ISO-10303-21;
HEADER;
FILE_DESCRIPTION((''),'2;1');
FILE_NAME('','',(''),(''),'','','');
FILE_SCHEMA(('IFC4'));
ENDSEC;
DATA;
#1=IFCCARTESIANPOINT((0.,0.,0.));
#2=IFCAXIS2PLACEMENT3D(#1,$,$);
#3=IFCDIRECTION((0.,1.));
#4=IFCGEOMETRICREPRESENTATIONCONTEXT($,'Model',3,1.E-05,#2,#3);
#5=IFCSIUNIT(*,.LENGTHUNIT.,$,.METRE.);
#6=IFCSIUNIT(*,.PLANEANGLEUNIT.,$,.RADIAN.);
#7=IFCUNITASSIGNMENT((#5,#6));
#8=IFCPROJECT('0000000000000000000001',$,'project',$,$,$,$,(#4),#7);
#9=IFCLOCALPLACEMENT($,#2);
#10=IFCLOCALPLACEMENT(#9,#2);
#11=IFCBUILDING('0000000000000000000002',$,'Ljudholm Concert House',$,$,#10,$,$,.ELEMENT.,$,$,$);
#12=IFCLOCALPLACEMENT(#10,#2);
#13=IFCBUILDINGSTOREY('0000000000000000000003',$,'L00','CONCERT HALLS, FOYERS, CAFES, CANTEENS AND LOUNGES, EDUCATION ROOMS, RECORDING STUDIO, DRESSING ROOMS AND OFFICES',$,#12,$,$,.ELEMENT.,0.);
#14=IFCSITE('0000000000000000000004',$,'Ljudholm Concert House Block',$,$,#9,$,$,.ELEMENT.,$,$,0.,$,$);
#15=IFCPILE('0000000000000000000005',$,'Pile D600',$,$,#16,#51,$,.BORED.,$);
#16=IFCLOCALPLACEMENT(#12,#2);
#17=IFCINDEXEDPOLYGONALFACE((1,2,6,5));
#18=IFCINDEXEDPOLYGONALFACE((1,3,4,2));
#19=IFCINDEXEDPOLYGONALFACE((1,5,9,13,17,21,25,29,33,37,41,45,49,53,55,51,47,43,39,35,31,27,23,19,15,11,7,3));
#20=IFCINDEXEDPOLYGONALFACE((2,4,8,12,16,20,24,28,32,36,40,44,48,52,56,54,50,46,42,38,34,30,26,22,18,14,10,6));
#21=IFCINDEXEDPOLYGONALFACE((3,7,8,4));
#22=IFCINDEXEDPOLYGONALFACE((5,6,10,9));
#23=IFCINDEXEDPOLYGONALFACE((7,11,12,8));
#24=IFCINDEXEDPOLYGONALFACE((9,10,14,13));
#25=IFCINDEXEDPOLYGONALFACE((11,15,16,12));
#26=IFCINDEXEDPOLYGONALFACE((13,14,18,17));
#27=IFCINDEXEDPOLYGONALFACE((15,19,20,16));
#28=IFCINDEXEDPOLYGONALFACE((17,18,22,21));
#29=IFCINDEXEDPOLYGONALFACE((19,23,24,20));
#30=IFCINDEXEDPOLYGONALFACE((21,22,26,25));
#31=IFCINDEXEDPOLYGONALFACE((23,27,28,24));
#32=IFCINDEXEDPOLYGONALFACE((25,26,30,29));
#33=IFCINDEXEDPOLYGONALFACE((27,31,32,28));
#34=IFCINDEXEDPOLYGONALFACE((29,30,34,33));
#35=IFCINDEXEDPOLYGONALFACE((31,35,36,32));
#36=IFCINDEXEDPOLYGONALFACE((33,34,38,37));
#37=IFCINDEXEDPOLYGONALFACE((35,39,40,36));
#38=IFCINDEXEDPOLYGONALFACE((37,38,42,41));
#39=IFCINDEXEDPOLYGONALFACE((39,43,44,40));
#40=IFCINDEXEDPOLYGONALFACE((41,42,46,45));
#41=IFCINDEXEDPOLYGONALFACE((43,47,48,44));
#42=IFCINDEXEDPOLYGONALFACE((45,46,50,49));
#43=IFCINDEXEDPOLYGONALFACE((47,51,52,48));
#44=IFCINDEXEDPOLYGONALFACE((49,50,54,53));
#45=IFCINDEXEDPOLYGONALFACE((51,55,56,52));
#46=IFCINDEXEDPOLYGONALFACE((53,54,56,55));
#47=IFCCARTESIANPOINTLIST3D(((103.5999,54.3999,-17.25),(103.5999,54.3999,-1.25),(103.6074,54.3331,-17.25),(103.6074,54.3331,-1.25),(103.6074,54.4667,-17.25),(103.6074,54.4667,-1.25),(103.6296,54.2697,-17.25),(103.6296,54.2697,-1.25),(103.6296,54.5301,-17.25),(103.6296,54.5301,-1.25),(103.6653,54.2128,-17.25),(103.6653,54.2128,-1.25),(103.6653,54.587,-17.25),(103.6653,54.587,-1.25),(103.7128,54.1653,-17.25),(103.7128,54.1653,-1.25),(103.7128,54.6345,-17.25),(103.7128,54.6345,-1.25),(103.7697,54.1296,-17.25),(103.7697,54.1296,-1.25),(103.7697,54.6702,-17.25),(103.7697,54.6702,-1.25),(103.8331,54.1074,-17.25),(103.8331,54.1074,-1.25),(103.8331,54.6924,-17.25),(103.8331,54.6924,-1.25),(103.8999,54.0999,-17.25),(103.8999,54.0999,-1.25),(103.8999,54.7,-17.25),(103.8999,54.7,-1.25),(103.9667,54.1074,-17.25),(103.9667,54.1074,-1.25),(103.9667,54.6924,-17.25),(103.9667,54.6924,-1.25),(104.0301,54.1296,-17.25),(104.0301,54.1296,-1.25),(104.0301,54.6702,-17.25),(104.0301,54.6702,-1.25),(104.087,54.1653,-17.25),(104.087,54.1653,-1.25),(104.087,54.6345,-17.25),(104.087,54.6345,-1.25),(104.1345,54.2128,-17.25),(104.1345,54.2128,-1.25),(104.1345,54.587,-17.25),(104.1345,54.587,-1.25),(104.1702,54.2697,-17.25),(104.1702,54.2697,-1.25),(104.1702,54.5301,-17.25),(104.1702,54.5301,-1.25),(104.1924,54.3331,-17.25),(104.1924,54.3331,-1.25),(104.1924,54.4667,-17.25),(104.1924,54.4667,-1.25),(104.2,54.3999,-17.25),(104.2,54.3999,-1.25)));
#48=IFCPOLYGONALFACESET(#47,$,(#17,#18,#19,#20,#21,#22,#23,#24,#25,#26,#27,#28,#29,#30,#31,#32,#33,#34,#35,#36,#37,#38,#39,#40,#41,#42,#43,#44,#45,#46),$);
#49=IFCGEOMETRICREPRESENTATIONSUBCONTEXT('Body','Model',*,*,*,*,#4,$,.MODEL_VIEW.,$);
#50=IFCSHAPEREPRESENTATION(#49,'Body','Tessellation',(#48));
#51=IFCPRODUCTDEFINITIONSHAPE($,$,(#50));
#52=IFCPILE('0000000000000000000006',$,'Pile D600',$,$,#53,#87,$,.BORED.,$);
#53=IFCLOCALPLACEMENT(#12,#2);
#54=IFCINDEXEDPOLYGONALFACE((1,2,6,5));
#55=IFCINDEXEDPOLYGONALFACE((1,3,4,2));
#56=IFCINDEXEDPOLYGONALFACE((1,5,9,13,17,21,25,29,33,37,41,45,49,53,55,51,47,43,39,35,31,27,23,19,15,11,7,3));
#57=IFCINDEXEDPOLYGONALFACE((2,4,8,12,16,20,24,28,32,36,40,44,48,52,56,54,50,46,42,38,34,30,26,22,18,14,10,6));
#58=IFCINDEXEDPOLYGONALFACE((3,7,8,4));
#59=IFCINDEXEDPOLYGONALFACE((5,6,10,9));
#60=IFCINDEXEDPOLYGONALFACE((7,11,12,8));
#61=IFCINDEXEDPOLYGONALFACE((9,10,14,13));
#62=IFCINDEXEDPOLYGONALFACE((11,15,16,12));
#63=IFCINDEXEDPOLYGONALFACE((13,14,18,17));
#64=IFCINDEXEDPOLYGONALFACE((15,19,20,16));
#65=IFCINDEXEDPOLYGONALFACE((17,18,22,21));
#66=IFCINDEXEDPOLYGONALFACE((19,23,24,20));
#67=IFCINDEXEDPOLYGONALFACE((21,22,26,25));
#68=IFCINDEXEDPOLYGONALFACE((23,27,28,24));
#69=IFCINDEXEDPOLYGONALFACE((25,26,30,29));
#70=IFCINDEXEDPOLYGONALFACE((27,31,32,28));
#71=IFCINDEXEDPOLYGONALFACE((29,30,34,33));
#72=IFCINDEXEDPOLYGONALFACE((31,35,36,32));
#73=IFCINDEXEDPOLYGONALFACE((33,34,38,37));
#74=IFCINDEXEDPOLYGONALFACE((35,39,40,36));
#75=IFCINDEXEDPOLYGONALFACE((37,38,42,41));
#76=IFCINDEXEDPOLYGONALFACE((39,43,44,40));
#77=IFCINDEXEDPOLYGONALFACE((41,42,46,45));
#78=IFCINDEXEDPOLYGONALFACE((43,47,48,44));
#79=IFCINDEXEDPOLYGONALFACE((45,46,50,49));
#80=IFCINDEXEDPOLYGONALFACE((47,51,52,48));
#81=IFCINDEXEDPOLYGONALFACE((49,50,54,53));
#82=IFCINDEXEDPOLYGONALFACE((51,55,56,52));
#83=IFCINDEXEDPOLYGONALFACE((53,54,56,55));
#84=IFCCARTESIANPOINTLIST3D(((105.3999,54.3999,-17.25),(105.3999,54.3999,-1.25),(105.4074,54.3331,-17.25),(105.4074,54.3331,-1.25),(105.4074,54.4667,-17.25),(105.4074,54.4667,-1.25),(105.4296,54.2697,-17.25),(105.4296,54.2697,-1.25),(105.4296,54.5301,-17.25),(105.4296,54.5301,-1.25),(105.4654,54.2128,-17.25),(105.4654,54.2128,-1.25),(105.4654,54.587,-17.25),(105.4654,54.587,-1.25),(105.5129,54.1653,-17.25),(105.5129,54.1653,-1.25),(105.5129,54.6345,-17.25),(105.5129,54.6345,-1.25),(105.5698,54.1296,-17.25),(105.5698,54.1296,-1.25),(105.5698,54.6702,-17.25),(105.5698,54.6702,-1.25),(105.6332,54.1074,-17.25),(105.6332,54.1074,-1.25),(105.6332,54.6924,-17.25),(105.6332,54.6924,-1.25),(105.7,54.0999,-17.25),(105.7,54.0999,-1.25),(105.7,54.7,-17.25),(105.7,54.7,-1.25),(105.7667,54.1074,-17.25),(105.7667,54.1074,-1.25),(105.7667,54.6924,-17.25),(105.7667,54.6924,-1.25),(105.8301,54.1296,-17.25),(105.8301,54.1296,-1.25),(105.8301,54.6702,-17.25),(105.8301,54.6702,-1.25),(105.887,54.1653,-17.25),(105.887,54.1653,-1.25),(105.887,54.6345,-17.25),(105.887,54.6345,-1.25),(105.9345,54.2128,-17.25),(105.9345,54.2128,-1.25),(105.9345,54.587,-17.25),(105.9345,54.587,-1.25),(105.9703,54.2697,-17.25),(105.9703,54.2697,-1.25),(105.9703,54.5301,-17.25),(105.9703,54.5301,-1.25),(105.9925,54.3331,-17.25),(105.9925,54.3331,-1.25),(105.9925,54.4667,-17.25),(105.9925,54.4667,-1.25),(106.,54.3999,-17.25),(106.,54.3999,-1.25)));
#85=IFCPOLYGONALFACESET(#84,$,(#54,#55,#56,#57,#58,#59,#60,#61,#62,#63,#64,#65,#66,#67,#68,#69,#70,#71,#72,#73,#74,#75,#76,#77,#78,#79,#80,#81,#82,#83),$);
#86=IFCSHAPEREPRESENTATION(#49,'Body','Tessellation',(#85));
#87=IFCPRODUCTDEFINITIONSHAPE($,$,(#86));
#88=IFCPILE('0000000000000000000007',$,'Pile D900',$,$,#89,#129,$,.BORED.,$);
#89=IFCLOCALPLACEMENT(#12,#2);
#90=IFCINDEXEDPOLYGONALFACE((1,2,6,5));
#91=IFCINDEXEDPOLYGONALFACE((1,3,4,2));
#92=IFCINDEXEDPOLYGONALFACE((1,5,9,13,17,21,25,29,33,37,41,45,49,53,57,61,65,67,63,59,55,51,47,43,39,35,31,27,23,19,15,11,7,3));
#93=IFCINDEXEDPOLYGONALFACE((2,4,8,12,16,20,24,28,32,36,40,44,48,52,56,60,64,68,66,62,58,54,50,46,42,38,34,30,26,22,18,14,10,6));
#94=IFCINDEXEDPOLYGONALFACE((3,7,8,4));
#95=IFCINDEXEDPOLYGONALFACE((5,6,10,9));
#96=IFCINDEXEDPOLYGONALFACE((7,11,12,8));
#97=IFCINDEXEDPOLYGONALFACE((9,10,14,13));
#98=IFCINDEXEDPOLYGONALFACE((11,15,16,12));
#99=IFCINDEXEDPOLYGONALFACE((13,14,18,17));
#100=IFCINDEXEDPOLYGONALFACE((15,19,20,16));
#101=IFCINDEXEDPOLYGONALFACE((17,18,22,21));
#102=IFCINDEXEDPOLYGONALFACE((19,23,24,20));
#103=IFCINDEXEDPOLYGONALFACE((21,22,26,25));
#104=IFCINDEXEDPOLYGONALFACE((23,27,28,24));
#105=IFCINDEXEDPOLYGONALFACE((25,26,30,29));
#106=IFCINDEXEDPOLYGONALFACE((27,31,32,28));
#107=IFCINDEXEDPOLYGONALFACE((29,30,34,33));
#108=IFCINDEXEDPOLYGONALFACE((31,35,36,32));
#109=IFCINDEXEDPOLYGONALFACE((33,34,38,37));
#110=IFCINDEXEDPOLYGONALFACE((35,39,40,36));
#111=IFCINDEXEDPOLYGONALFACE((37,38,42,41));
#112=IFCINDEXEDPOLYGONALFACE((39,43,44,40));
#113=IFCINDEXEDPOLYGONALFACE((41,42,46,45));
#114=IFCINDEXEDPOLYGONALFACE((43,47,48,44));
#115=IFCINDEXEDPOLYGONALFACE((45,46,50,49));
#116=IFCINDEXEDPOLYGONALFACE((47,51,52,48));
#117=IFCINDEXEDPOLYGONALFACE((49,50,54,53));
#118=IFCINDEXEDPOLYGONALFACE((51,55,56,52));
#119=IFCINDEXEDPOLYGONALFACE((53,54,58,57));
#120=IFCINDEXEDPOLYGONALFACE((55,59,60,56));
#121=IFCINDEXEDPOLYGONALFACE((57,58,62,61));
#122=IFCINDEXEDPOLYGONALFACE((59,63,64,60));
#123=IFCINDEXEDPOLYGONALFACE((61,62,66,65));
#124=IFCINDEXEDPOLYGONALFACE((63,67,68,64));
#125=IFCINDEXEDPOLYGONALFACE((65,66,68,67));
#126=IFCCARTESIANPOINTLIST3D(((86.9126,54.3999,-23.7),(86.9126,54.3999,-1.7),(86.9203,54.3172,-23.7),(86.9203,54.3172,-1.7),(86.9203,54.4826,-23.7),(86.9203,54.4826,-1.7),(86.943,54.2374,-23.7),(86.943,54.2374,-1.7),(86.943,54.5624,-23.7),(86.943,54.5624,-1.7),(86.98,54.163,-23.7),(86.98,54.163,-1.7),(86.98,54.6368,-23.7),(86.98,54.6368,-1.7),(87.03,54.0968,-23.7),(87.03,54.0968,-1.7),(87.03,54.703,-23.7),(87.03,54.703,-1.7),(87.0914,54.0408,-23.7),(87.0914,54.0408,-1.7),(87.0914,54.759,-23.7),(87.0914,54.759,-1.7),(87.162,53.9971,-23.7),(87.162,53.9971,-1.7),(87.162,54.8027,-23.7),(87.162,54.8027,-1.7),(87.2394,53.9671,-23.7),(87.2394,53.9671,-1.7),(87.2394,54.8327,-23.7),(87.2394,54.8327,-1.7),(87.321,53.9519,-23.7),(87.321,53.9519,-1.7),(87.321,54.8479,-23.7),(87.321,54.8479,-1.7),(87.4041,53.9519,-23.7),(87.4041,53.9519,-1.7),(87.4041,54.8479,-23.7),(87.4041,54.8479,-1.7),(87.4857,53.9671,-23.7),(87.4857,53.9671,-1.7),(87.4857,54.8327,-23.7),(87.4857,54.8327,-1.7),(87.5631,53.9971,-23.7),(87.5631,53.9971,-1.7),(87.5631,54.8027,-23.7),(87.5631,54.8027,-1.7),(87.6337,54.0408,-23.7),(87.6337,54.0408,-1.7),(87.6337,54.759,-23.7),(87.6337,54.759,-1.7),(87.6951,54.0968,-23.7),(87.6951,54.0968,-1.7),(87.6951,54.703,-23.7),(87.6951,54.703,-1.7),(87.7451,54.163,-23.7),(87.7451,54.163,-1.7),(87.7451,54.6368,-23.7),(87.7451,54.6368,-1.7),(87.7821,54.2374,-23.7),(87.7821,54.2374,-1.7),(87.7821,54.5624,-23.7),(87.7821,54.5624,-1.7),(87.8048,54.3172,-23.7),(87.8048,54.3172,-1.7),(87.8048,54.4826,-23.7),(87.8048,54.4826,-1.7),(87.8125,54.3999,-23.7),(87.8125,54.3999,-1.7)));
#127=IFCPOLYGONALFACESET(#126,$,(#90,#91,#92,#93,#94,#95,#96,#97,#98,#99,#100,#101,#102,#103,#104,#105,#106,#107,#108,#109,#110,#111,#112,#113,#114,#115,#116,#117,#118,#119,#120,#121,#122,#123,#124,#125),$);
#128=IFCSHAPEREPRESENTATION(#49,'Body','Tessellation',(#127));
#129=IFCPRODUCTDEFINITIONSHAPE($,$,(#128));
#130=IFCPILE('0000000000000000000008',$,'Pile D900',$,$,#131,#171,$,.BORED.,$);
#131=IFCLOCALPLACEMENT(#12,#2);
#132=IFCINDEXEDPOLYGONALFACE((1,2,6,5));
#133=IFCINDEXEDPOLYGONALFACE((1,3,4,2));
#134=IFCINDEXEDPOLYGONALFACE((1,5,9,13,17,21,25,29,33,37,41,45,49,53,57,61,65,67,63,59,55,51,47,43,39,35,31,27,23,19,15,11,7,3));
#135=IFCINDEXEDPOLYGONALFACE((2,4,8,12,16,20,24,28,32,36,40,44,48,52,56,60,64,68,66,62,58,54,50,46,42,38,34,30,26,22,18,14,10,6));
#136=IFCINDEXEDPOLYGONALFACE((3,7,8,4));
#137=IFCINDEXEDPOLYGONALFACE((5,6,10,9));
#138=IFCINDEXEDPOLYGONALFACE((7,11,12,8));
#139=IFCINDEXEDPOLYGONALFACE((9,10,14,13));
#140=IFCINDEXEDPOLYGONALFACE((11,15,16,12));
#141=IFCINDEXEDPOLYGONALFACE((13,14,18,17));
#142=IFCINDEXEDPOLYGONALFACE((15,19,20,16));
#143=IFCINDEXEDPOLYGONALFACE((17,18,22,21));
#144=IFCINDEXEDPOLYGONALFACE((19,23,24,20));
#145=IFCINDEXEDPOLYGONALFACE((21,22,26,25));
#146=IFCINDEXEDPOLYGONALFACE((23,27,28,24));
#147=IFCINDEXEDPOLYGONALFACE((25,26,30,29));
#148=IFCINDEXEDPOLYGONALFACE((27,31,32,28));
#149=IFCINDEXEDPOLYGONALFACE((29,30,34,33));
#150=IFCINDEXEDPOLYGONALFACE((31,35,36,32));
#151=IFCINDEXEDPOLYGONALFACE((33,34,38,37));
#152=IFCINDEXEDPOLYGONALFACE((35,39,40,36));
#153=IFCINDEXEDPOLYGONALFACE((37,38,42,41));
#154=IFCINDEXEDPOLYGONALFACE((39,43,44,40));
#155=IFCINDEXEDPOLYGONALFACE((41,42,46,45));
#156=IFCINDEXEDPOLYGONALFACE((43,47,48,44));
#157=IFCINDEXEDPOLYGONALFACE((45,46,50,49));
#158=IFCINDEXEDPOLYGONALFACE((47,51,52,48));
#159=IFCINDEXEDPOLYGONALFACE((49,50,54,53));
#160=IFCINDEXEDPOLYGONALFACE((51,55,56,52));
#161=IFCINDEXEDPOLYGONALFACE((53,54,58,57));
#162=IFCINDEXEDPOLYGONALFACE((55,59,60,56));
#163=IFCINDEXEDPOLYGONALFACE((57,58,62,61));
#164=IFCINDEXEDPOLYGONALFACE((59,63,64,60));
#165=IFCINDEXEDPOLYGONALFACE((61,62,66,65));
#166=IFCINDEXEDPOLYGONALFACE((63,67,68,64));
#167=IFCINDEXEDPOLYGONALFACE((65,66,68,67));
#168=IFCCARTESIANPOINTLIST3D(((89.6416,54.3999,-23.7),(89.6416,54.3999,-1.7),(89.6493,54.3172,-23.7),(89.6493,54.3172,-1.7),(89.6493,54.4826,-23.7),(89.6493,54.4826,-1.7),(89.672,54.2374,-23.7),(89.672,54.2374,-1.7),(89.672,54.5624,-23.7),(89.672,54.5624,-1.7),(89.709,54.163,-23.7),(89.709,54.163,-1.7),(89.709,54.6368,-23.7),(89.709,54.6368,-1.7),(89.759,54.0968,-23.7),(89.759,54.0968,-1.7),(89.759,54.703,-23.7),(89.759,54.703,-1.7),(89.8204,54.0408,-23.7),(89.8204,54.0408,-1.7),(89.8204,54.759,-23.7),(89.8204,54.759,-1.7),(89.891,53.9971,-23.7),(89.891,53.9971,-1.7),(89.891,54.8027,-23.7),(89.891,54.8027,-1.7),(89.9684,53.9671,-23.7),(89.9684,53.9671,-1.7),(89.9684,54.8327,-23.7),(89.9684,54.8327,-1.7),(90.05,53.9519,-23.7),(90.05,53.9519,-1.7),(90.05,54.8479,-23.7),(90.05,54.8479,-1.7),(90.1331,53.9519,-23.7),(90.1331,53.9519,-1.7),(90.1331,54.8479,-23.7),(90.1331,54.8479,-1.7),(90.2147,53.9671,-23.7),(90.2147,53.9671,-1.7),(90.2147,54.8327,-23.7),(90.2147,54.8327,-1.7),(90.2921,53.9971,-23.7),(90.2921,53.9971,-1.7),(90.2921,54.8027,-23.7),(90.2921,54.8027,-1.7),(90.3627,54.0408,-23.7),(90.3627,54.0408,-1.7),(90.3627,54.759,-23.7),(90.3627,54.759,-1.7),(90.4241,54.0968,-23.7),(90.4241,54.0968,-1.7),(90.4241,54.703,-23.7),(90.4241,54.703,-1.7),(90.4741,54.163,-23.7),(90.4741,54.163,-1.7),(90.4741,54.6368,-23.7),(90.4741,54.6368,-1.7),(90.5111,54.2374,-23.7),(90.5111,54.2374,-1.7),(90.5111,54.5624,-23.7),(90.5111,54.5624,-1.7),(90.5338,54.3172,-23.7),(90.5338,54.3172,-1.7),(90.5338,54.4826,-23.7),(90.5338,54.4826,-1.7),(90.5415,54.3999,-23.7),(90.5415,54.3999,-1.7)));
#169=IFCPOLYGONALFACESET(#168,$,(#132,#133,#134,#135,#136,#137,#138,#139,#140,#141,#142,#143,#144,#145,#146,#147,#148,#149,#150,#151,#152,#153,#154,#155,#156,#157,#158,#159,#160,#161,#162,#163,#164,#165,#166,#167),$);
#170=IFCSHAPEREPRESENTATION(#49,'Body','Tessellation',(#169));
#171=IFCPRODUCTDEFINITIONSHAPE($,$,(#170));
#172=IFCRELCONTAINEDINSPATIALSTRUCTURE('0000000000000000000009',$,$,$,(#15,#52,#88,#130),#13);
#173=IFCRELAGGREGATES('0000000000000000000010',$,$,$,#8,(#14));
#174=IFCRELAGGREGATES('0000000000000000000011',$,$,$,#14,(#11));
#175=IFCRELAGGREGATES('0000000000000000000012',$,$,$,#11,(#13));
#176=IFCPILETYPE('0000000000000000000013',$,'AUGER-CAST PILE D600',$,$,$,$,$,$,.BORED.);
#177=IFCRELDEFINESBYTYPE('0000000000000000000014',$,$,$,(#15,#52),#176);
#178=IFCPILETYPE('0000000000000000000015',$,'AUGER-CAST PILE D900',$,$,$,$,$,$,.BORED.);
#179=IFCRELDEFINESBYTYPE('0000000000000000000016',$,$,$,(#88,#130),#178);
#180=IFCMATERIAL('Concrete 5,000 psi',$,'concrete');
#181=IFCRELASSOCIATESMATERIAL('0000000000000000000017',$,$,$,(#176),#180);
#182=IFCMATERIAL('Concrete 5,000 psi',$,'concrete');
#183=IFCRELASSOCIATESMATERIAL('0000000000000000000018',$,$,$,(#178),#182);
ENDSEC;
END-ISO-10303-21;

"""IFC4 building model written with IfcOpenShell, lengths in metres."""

from ifc_helpers import new_model, si_unit, direction, frame, origin, origin_2d, place, context, subcontext, project, spatial, circle, extrude, material, material_profile, profile_set, type_object, element, save


model = new_model("IFC4")

# Units and contexts
model_context = context("Model", 3, precision=1e-05, world=origin(), true_north=direction((0.0, 1.0)))
body_context = subcontext(model_context, "Body", "Model", "MODEL_VIEW")
ifc_project = project(units=[si_unit("LENGTHUNIT", "METRE"), si_unit("PLANEANGLEUNIT", "RADIAN")], contexts=[model_context])

# Site, building, storey
site_placement = place(None, origin())
site = spatial("IfcSite", under=ifc_project, at=site_placement, Name="Ljudholm Concert House Block", CompositionType="ELEMENT", RefElevation=0.0)
building_placement = place(site_placement, origin())
building = spatial("IfcBuilding", under=site, at=building_placement, Name="Ljudholm Concert House", CompositionType="ELEMENT")
storey_placement = place(building_placement, origin())
storey = spatial("IfcBuildingStorey", under=building, at=storey_placement, Name="L00", Description="CONCERT HALLS, FOYERS, CAFES, CANTEENS AND LOUNGES, EDUCATION ROOMS, RECORDING STUDIO, DRESSING ROOMS AND OFFICES", CompositionType="ELEMENT", Elevation=0.0)

# Piles
ifc_material_1 = material(Name="Concrete 5,000 psi", Category="concrete")
ifc_material_profile_1 = material_profile(ifc_material_1, circle(Radius=0.3, at=origin_2d()), Name="AUGER-CAST PILE D600")
ifc_profile_set_1 = profile_set([ifc_material_profile_1], Name="Concrete 5,000 psi")
pile_type_1 = type_object("IfcPileType", Name="AUGER-CAST PILE D600", PredefinedType="BORED", material=ifc_profile_set_1)
for number, where, z_axis, x_axis, name in (
    (1, (103.8999, 54.3999, -1.25), (0.0, 0.0, -1.0), (1.0, 0.0, 0.0), "Pile D600"),
    (2, (105.7, 54.3999, -1.25), (0.0, 0.0, -1.0), (1.0, 0.0, 0.0), "Pile D600"),
):
    element("IfcPile", number, at=place(storey_placement, frame(where, z_axis=z_axis, x_axis=x_axis)), inside=storey, type_object=pile_type_1, Name=name, PredefinedType="BORED", context=body_context, shape_type="SweptSolid", body=[
        extrude(circle(Radius=0.3, at=origin_2d()), origin(), (0.0, 0.0, 1.0), 16.0),
    ])
ifc_material_2 = material(Name="Concrete 5,000 psi", Category="concrete")
ifc_material_profile_2 = material_profile(ifc_material_2, circle(Radius=0.45, at=origin_2d()), Name="AUGER-CAST PILE D900")
ifc_profile_set_2 = profile_set([ifc_material_profile_2], Name="Concrete 5,000 psi")
pile_type_2 = type_object("IfcPileType", Name="AUGER-CAST PILE D900", PredefinedType="BORED", material=ifc_profile_set_2)
for number, where, z_axis, x_axis, name in (
    (3, (87.3625, 54.3999, -1.7), (0.0, 0.0, -1.0), (1.0, 0.0, 0.0), "Pile D900"),
    (4, (90.0916, 54.3999, -1.7), (0.0, 0.0, -1.0), (1.0, 0.0, 0.0), "Pile D900"),
):
    element("IfcPile", number, at=place(storey_placement, frame(where, z_axis=z_axis, x_axis=x_axis)), inside=storey, type_object=pile_type_2, Name=name, PredefinedType="BORED", context=body_context, shape_type="SweptSolid", body=[
        extrude(circle(Radius=0.45, at=origin_2d()), origin(), (0.0, 0.0, 1.0), 22.0),
    ])

save(model, "model.ifc")
